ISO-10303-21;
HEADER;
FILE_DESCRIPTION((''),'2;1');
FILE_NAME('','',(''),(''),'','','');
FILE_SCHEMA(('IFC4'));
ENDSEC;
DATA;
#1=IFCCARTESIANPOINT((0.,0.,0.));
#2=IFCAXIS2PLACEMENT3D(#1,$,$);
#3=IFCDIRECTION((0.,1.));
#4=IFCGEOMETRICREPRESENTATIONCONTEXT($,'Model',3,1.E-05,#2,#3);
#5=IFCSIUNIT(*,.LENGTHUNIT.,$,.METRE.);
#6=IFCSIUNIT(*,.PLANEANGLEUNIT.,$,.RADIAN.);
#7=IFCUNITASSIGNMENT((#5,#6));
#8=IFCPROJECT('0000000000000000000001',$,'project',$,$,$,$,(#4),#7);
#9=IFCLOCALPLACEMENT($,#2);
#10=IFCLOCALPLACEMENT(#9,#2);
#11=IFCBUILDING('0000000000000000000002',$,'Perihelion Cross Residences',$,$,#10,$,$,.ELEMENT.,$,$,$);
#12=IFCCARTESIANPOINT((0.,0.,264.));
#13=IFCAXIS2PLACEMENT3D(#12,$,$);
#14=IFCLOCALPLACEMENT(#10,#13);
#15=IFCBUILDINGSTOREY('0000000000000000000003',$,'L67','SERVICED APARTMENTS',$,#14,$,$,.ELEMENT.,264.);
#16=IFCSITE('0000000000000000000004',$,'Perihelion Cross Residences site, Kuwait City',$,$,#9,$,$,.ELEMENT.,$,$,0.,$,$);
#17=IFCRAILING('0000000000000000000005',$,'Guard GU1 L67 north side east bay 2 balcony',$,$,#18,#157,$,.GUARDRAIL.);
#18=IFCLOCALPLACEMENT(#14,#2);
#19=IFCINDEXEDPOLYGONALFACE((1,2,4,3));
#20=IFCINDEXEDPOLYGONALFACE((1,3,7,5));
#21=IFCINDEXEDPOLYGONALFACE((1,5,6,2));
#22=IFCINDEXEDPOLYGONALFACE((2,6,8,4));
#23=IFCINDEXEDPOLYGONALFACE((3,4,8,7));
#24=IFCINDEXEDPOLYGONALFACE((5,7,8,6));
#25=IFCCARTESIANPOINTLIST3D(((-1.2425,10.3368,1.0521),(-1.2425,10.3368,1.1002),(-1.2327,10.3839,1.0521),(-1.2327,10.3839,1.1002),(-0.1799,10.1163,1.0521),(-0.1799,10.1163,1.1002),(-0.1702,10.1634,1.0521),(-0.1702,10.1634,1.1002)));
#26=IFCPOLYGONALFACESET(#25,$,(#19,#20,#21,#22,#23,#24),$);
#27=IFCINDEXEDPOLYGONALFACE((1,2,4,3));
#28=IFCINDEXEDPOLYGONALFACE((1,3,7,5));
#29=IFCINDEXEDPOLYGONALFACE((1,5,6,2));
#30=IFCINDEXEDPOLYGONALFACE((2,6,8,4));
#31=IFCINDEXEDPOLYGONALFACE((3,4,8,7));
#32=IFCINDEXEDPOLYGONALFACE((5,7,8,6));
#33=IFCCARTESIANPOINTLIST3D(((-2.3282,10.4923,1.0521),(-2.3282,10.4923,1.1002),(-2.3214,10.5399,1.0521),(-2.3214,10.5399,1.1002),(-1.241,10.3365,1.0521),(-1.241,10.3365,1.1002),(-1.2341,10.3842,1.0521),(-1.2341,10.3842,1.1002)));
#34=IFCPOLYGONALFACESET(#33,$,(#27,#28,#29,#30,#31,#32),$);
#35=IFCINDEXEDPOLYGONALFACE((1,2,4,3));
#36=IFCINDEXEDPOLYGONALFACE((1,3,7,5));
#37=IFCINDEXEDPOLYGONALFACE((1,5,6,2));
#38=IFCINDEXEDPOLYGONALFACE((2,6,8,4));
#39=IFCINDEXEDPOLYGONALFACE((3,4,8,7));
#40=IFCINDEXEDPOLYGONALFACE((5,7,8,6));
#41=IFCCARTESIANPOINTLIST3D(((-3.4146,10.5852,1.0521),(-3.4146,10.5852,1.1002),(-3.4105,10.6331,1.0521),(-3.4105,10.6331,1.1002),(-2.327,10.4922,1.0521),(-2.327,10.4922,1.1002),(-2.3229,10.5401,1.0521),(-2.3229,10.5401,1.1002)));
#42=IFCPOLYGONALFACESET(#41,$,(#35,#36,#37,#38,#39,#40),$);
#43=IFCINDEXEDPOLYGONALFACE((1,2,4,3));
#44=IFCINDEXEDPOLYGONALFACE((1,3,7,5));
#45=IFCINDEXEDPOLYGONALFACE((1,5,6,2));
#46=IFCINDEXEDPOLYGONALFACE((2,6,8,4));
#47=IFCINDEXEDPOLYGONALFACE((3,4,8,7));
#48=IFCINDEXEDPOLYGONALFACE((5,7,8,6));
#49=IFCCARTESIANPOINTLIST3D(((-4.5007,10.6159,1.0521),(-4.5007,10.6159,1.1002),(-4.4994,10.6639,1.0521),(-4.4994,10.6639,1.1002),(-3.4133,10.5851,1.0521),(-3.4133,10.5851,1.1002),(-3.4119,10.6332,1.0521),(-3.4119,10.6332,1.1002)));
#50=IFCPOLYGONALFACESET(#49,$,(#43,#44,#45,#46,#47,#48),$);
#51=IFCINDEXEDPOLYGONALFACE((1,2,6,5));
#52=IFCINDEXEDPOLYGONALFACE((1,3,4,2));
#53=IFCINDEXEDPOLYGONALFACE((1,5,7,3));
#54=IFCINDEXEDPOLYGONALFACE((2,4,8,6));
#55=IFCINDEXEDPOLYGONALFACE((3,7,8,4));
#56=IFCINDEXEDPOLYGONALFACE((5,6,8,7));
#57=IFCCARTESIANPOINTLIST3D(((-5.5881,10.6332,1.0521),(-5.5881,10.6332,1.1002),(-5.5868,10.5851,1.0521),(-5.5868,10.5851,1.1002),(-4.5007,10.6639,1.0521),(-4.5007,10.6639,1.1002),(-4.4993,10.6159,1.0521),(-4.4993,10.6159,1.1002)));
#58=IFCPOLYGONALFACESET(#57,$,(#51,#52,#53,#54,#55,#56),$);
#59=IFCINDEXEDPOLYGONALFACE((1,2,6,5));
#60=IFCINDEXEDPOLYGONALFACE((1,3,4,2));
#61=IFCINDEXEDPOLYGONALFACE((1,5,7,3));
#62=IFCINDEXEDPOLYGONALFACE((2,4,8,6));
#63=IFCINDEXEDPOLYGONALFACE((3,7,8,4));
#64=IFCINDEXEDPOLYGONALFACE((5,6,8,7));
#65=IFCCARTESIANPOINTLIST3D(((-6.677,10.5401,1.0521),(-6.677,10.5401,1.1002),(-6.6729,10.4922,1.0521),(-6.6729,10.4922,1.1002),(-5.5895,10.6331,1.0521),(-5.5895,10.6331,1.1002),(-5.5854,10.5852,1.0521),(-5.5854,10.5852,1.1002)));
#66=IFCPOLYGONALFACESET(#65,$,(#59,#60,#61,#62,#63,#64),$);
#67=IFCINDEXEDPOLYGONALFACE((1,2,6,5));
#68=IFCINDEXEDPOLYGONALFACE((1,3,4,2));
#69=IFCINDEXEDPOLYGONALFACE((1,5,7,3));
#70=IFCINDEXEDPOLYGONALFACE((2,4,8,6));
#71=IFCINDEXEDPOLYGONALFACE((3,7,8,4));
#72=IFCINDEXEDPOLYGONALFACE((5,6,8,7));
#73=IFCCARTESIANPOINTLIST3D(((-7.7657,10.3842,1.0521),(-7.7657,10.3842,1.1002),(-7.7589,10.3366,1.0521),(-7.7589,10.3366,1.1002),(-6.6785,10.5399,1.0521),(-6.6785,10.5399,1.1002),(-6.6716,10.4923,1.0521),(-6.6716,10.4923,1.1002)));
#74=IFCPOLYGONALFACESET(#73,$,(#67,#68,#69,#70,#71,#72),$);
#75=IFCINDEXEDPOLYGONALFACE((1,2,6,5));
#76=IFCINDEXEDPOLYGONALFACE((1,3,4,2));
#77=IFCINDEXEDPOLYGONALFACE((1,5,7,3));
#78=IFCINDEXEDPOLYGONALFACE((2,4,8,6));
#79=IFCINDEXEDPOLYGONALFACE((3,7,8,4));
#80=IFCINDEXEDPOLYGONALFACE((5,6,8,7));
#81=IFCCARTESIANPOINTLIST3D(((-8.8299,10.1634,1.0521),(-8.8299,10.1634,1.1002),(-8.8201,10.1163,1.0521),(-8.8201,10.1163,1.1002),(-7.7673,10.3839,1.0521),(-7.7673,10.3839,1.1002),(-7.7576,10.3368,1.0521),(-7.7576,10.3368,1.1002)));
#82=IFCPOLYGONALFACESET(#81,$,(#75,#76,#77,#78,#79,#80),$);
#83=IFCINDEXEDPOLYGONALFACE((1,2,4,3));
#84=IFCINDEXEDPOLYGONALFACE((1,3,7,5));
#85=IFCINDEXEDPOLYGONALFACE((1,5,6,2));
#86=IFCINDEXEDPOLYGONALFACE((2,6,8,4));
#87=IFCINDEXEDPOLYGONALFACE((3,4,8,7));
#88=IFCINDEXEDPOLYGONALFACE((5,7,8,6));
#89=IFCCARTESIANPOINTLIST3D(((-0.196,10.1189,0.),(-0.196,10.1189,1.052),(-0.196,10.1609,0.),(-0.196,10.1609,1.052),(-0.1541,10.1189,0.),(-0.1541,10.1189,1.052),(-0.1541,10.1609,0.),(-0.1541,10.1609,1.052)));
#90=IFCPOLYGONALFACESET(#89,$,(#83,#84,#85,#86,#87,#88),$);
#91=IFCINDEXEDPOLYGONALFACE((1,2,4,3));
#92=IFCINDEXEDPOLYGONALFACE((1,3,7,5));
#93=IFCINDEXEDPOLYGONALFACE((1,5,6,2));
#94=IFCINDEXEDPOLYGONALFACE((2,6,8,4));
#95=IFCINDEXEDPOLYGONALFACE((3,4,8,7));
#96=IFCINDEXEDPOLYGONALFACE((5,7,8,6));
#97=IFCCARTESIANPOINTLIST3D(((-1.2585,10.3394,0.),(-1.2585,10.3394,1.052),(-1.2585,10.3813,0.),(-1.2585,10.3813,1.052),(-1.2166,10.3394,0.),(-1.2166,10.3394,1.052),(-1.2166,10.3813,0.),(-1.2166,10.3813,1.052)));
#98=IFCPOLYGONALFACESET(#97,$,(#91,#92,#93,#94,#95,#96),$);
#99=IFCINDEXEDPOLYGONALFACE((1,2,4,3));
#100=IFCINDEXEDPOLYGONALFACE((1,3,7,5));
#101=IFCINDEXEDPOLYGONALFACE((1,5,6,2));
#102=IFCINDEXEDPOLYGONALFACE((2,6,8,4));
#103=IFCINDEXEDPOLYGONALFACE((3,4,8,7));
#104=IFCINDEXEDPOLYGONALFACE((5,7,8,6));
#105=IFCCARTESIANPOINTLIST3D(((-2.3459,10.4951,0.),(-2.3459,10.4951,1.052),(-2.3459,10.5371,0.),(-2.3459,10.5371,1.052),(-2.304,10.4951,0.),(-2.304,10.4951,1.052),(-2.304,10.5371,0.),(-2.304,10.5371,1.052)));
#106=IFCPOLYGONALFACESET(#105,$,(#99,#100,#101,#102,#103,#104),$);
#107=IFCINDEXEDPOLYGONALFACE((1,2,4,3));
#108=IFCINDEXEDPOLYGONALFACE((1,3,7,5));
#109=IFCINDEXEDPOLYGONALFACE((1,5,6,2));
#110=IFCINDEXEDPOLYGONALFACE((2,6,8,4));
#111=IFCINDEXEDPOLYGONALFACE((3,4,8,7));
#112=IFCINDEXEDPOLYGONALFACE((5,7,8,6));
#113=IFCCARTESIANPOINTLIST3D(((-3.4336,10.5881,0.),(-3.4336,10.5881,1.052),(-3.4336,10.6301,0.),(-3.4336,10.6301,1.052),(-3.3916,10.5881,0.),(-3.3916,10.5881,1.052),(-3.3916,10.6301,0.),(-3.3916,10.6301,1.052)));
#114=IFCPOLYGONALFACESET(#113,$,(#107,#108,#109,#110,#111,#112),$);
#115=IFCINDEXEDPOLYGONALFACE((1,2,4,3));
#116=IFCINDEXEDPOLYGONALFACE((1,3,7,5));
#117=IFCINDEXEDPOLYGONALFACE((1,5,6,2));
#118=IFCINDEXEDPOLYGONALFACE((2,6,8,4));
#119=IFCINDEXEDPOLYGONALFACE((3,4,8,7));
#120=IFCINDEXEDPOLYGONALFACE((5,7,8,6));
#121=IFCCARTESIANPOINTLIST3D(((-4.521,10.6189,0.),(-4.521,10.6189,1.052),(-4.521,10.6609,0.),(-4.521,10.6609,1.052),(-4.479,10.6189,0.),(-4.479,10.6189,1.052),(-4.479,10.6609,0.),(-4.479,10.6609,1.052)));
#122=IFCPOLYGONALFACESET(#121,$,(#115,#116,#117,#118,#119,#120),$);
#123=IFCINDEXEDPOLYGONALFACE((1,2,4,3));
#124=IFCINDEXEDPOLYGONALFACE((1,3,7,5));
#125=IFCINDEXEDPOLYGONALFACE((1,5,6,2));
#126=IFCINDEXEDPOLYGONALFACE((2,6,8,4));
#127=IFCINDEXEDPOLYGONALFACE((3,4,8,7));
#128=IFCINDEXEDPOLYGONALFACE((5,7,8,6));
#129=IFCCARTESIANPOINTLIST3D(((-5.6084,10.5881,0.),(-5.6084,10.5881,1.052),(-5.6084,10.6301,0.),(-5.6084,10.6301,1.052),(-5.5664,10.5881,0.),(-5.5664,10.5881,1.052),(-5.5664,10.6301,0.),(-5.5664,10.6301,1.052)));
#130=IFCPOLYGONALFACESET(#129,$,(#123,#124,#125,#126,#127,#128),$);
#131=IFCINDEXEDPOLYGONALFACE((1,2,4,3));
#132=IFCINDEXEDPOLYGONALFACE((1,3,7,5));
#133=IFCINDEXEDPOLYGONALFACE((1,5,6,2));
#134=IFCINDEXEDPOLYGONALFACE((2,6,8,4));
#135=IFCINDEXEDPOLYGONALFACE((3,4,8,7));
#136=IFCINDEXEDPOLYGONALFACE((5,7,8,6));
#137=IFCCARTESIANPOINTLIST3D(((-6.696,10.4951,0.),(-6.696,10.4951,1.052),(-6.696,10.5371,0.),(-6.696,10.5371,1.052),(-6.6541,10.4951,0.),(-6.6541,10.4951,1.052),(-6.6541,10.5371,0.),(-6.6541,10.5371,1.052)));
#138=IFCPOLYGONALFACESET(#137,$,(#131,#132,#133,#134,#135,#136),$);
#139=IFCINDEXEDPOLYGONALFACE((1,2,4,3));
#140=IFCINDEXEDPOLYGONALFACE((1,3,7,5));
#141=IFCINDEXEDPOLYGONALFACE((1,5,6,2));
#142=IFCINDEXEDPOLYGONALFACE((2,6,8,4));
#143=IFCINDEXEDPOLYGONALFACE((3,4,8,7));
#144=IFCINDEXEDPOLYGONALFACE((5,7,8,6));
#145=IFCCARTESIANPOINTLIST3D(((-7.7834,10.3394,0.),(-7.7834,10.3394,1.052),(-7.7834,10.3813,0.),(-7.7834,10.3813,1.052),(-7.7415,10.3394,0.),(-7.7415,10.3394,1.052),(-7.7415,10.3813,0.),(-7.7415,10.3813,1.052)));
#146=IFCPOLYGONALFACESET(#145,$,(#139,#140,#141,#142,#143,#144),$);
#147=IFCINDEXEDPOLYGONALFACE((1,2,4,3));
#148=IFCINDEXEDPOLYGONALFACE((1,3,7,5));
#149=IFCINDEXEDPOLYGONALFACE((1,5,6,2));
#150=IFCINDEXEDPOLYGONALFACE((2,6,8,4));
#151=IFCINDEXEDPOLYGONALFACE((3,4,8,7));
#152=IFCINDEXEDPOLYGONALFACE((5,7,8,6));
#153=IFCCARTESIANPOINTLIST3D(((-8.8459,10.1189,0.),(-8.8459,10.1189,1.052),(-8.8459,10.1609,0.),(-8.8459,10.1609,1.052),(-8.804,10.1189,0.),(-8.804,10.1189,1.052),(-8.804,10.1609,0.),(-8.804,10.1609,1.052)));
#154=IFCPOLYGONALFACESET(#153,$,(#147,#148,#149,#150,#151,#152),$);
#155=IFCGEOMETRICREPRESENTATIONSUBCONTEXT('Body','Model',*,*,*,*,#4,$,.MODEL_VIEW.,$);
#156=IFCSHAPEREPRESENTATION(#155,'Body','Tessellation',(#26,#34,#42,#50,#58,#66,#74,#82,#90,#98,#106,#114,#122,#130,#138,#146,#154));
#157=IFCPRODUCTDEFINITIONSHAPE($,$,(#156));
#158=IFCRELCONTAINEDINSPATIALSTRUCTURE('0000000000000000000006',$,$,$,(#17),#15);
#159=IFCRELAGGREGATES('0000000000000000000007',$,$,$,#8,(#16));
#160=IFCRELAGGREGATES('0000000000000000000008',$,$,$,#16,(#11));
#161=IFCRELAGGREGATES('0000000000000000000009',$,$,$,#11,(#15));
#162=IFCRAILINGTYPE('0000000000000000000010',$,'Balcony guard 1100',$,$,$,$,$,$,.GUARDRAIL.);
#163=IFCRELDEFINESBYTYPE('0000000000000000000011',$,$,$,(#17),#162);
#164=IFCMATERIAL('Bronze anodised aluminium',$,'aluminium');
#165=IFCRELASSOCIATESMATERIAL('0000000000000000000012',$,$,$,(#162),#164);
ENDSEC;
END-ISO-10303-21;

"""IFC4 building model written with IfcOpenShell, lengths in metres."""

from ifc_helpers import new_model, si_unit, direction, frame, origin, origin_2d, place, context, subcontext, project, spatial, rectangle, extrude, material, type_object, element, save


model = new_model("IFC4")

# Units and contexts
model_context = context("Model", 3, precision=1e-05, world=origin(), true_north=direction((0.0, 1.0)))
body_context = subcontext(model_context, "Body", "Model", "MODEL_VIEW")
ifc_project = project(units=[si_unit("LENGTHUNIT", "METRE"), si_unit("PLANEANGLEUNIT", "RADIAN")], contexts=[model_context])

# Site, building, storey
site_placement = place(None, origin())
site = spatial("IfcSite", under=ifc_project, at=site_placement, Name="Perihelion Cross Residences site, Kuwait City", CompositionType="ELEMENT", RefElevation=0.0)
building_placement = place(site_placement, origin())
building = spatial("IfcBuilding", under=site, at=building_placement, Name="Perihelion Cross Residences", CompositionType="ELEMENT")
storey_placement = place(building_placement, frame((0.0, 0.0, 264.0)))
storey = spatial("IfcBuildingStorey", under=building, at=storey_placement, Name="L67", Description="SERVICED APARTMENTS", CompositionType="ELEMENT", Elevation=264.0)

# Railing
ifc_material_1 = material(Name="Bronze anodised aluminium", Category="aluminium")
railing_type = type_object("IfcRailingType", Name="Balcony guard 1100", PredefinedType="GUARDRAIL", material=ifc_material_1)
railing_1_placement = place(storey_placement, frame((-0.175, 10.1399, 0.0)))
element("IfcRailing", 1, at=railing_1_placement, inside=storey, type_object=railing_type, Name="Guard GU1 L67 north side east bay 2 balcony", PredefinedType="GUARDRAIL", context=body_context, shape_type="SweptSolid", body=[
    extrude(rectangle(XDim=0.0481, YDim=0.0481, at=origin_2d()), frame((0.0, 0.0, 1.0762), z_axis=(-0.979145, 0.203164, 0.0), x_axis=(-0.203164, -0.979145, 0.0)), (0.0, 0.0, 1.0), 1.0852),
    extrude(rectangle(XDim=0.0481, YDim=0.0481, at=origin_2d()), frame((-1.0625, 0.2205, 1.0762), z_axis=(-0.989896, 0.141795, 0.0), x_axis=(-0.141795, -0.989896, 0.0)), (0.0, 0.0, 1.0), 1.0984),
    extrude(rectangle(XDim=0.0481, YDim=0.0481, at=origin_2d()), frame((-2.1499, 0.3762, 1.0762), z_axis=(-0.996363, 0.085211, 0.0), x_axis=(-0.085211, -0.996363, 0.0)), (0.0, 0.0, 1.0), 1.0916),
    extrude(rectangle(XDim=0.0481, YDim=0.0481, at=origin_2d()), frame((-3.2375, 0.4692, 1.0762), z_axis=(-0.9996, 0.028278, 0.0), x_axis=(-0.028278, -0.9996, 0.0)), (0.0, 0.0, 1.0), 1.0879),
    extrude(rectangle(XDim=0.0481, YDim=0.0481, at=origin_2d()), frame((-4.325, 0.5, 1.0762), z_axis=(-0.9996, -0.028278, 0.0), x_axis=(0.028278, -0.9996, 0.0)), (0.0, 0.0, 1.0), 1.0879),
    extrude(rectangle(XDim=0.0481, YDim=0.0481, at=origin_2d()), frame((-5.4124, 0.4692, 1.0762), z_axis=(-0.996363, -0.085211, 0.0), x_axis=(0.085211, -0.996363, 0.0)), (0.0, 0.0, 1.0), 1.0916),
    extrude(rectangle(XDim=0.0481, YDim=0.0481, at=origin_2d()), frame((-6.5, 0.3762, 1.0762), z_axis=(-0.989896, -0.141795, 0.0), x_axis=(0.141795, -0.989896, 0.0)), (0.0, 0.0, 1.0), 1.0984),
    extrude(rectangle(XDim=0.0481, YDim=0.0481, at=origin_2d()), frame((-7.5874, 0.2205, 1.0762), z_axis=(-0.979145, -0.203164, 0.0), x_axis=(0.203164, -0.979145, 0.0)), (0.0, 0.0, 1.0), 1.0852),
    extrude(rectangle(XDim=0.042, YDim=0.042, at=origin_2d()), origin(), (0.0, 0.0, 1.0), 1.052),
    extrude(rectangle(XDim=0.042, YDim=0.042, at=origin_2d()), frame((-1.0625, 0.2205, 0.0)), (0.0, 0.0, 1.0), 1.052),
    extrude(rectangle(XDim=0.042, YDim=0.042, at=origin_2d()), frame((-2.1499, 0.3762, 0.0)), (0.0, 0.0, 1.0), 1.052),
    extrude(rectangle(XDim=0.042, YDim=0.042, at=origin_2d()), frame((-3.2375, 0.4692, 0.0)), (0.0, 0.0, 1.0), 1.052),
    extrude(rectangle(XDim=0.042, YDim=0.042, at=origin_2d()), frame((-4.325, 0.5, 0.0)), (0.0, 0.0, 1.0), 1.052),
    extrude(rectangle(XDim=0.042, YDim=0.042, at=origin_2d()), frame((-5.4124, 0.4692, 0.0)), (0.0, 0.0, 1.0), 1.052),
    extrude(rectangle(XDim=0.042, YDim=0.042, at=origin_2d()), frame((-6.5, 0.3762, 0.0)), (0.0, 0.0, 1.0), 1.052),
    extrude(rectangle(XDim=0.042, YDim=0.042, at=origin_2d()), frame((-7.5874, 0.2205, 0.0)), (0.0, 0.0, 1.0), 1.052),
    extrude(rectangle(XDim=0.042, YDim=0.042, at=origin_2d()), frame((-8.6499, 0.0, 0.0)), (0.0, 0.0, 1.0), 1.052),
])

save(model, "model.ifc")
